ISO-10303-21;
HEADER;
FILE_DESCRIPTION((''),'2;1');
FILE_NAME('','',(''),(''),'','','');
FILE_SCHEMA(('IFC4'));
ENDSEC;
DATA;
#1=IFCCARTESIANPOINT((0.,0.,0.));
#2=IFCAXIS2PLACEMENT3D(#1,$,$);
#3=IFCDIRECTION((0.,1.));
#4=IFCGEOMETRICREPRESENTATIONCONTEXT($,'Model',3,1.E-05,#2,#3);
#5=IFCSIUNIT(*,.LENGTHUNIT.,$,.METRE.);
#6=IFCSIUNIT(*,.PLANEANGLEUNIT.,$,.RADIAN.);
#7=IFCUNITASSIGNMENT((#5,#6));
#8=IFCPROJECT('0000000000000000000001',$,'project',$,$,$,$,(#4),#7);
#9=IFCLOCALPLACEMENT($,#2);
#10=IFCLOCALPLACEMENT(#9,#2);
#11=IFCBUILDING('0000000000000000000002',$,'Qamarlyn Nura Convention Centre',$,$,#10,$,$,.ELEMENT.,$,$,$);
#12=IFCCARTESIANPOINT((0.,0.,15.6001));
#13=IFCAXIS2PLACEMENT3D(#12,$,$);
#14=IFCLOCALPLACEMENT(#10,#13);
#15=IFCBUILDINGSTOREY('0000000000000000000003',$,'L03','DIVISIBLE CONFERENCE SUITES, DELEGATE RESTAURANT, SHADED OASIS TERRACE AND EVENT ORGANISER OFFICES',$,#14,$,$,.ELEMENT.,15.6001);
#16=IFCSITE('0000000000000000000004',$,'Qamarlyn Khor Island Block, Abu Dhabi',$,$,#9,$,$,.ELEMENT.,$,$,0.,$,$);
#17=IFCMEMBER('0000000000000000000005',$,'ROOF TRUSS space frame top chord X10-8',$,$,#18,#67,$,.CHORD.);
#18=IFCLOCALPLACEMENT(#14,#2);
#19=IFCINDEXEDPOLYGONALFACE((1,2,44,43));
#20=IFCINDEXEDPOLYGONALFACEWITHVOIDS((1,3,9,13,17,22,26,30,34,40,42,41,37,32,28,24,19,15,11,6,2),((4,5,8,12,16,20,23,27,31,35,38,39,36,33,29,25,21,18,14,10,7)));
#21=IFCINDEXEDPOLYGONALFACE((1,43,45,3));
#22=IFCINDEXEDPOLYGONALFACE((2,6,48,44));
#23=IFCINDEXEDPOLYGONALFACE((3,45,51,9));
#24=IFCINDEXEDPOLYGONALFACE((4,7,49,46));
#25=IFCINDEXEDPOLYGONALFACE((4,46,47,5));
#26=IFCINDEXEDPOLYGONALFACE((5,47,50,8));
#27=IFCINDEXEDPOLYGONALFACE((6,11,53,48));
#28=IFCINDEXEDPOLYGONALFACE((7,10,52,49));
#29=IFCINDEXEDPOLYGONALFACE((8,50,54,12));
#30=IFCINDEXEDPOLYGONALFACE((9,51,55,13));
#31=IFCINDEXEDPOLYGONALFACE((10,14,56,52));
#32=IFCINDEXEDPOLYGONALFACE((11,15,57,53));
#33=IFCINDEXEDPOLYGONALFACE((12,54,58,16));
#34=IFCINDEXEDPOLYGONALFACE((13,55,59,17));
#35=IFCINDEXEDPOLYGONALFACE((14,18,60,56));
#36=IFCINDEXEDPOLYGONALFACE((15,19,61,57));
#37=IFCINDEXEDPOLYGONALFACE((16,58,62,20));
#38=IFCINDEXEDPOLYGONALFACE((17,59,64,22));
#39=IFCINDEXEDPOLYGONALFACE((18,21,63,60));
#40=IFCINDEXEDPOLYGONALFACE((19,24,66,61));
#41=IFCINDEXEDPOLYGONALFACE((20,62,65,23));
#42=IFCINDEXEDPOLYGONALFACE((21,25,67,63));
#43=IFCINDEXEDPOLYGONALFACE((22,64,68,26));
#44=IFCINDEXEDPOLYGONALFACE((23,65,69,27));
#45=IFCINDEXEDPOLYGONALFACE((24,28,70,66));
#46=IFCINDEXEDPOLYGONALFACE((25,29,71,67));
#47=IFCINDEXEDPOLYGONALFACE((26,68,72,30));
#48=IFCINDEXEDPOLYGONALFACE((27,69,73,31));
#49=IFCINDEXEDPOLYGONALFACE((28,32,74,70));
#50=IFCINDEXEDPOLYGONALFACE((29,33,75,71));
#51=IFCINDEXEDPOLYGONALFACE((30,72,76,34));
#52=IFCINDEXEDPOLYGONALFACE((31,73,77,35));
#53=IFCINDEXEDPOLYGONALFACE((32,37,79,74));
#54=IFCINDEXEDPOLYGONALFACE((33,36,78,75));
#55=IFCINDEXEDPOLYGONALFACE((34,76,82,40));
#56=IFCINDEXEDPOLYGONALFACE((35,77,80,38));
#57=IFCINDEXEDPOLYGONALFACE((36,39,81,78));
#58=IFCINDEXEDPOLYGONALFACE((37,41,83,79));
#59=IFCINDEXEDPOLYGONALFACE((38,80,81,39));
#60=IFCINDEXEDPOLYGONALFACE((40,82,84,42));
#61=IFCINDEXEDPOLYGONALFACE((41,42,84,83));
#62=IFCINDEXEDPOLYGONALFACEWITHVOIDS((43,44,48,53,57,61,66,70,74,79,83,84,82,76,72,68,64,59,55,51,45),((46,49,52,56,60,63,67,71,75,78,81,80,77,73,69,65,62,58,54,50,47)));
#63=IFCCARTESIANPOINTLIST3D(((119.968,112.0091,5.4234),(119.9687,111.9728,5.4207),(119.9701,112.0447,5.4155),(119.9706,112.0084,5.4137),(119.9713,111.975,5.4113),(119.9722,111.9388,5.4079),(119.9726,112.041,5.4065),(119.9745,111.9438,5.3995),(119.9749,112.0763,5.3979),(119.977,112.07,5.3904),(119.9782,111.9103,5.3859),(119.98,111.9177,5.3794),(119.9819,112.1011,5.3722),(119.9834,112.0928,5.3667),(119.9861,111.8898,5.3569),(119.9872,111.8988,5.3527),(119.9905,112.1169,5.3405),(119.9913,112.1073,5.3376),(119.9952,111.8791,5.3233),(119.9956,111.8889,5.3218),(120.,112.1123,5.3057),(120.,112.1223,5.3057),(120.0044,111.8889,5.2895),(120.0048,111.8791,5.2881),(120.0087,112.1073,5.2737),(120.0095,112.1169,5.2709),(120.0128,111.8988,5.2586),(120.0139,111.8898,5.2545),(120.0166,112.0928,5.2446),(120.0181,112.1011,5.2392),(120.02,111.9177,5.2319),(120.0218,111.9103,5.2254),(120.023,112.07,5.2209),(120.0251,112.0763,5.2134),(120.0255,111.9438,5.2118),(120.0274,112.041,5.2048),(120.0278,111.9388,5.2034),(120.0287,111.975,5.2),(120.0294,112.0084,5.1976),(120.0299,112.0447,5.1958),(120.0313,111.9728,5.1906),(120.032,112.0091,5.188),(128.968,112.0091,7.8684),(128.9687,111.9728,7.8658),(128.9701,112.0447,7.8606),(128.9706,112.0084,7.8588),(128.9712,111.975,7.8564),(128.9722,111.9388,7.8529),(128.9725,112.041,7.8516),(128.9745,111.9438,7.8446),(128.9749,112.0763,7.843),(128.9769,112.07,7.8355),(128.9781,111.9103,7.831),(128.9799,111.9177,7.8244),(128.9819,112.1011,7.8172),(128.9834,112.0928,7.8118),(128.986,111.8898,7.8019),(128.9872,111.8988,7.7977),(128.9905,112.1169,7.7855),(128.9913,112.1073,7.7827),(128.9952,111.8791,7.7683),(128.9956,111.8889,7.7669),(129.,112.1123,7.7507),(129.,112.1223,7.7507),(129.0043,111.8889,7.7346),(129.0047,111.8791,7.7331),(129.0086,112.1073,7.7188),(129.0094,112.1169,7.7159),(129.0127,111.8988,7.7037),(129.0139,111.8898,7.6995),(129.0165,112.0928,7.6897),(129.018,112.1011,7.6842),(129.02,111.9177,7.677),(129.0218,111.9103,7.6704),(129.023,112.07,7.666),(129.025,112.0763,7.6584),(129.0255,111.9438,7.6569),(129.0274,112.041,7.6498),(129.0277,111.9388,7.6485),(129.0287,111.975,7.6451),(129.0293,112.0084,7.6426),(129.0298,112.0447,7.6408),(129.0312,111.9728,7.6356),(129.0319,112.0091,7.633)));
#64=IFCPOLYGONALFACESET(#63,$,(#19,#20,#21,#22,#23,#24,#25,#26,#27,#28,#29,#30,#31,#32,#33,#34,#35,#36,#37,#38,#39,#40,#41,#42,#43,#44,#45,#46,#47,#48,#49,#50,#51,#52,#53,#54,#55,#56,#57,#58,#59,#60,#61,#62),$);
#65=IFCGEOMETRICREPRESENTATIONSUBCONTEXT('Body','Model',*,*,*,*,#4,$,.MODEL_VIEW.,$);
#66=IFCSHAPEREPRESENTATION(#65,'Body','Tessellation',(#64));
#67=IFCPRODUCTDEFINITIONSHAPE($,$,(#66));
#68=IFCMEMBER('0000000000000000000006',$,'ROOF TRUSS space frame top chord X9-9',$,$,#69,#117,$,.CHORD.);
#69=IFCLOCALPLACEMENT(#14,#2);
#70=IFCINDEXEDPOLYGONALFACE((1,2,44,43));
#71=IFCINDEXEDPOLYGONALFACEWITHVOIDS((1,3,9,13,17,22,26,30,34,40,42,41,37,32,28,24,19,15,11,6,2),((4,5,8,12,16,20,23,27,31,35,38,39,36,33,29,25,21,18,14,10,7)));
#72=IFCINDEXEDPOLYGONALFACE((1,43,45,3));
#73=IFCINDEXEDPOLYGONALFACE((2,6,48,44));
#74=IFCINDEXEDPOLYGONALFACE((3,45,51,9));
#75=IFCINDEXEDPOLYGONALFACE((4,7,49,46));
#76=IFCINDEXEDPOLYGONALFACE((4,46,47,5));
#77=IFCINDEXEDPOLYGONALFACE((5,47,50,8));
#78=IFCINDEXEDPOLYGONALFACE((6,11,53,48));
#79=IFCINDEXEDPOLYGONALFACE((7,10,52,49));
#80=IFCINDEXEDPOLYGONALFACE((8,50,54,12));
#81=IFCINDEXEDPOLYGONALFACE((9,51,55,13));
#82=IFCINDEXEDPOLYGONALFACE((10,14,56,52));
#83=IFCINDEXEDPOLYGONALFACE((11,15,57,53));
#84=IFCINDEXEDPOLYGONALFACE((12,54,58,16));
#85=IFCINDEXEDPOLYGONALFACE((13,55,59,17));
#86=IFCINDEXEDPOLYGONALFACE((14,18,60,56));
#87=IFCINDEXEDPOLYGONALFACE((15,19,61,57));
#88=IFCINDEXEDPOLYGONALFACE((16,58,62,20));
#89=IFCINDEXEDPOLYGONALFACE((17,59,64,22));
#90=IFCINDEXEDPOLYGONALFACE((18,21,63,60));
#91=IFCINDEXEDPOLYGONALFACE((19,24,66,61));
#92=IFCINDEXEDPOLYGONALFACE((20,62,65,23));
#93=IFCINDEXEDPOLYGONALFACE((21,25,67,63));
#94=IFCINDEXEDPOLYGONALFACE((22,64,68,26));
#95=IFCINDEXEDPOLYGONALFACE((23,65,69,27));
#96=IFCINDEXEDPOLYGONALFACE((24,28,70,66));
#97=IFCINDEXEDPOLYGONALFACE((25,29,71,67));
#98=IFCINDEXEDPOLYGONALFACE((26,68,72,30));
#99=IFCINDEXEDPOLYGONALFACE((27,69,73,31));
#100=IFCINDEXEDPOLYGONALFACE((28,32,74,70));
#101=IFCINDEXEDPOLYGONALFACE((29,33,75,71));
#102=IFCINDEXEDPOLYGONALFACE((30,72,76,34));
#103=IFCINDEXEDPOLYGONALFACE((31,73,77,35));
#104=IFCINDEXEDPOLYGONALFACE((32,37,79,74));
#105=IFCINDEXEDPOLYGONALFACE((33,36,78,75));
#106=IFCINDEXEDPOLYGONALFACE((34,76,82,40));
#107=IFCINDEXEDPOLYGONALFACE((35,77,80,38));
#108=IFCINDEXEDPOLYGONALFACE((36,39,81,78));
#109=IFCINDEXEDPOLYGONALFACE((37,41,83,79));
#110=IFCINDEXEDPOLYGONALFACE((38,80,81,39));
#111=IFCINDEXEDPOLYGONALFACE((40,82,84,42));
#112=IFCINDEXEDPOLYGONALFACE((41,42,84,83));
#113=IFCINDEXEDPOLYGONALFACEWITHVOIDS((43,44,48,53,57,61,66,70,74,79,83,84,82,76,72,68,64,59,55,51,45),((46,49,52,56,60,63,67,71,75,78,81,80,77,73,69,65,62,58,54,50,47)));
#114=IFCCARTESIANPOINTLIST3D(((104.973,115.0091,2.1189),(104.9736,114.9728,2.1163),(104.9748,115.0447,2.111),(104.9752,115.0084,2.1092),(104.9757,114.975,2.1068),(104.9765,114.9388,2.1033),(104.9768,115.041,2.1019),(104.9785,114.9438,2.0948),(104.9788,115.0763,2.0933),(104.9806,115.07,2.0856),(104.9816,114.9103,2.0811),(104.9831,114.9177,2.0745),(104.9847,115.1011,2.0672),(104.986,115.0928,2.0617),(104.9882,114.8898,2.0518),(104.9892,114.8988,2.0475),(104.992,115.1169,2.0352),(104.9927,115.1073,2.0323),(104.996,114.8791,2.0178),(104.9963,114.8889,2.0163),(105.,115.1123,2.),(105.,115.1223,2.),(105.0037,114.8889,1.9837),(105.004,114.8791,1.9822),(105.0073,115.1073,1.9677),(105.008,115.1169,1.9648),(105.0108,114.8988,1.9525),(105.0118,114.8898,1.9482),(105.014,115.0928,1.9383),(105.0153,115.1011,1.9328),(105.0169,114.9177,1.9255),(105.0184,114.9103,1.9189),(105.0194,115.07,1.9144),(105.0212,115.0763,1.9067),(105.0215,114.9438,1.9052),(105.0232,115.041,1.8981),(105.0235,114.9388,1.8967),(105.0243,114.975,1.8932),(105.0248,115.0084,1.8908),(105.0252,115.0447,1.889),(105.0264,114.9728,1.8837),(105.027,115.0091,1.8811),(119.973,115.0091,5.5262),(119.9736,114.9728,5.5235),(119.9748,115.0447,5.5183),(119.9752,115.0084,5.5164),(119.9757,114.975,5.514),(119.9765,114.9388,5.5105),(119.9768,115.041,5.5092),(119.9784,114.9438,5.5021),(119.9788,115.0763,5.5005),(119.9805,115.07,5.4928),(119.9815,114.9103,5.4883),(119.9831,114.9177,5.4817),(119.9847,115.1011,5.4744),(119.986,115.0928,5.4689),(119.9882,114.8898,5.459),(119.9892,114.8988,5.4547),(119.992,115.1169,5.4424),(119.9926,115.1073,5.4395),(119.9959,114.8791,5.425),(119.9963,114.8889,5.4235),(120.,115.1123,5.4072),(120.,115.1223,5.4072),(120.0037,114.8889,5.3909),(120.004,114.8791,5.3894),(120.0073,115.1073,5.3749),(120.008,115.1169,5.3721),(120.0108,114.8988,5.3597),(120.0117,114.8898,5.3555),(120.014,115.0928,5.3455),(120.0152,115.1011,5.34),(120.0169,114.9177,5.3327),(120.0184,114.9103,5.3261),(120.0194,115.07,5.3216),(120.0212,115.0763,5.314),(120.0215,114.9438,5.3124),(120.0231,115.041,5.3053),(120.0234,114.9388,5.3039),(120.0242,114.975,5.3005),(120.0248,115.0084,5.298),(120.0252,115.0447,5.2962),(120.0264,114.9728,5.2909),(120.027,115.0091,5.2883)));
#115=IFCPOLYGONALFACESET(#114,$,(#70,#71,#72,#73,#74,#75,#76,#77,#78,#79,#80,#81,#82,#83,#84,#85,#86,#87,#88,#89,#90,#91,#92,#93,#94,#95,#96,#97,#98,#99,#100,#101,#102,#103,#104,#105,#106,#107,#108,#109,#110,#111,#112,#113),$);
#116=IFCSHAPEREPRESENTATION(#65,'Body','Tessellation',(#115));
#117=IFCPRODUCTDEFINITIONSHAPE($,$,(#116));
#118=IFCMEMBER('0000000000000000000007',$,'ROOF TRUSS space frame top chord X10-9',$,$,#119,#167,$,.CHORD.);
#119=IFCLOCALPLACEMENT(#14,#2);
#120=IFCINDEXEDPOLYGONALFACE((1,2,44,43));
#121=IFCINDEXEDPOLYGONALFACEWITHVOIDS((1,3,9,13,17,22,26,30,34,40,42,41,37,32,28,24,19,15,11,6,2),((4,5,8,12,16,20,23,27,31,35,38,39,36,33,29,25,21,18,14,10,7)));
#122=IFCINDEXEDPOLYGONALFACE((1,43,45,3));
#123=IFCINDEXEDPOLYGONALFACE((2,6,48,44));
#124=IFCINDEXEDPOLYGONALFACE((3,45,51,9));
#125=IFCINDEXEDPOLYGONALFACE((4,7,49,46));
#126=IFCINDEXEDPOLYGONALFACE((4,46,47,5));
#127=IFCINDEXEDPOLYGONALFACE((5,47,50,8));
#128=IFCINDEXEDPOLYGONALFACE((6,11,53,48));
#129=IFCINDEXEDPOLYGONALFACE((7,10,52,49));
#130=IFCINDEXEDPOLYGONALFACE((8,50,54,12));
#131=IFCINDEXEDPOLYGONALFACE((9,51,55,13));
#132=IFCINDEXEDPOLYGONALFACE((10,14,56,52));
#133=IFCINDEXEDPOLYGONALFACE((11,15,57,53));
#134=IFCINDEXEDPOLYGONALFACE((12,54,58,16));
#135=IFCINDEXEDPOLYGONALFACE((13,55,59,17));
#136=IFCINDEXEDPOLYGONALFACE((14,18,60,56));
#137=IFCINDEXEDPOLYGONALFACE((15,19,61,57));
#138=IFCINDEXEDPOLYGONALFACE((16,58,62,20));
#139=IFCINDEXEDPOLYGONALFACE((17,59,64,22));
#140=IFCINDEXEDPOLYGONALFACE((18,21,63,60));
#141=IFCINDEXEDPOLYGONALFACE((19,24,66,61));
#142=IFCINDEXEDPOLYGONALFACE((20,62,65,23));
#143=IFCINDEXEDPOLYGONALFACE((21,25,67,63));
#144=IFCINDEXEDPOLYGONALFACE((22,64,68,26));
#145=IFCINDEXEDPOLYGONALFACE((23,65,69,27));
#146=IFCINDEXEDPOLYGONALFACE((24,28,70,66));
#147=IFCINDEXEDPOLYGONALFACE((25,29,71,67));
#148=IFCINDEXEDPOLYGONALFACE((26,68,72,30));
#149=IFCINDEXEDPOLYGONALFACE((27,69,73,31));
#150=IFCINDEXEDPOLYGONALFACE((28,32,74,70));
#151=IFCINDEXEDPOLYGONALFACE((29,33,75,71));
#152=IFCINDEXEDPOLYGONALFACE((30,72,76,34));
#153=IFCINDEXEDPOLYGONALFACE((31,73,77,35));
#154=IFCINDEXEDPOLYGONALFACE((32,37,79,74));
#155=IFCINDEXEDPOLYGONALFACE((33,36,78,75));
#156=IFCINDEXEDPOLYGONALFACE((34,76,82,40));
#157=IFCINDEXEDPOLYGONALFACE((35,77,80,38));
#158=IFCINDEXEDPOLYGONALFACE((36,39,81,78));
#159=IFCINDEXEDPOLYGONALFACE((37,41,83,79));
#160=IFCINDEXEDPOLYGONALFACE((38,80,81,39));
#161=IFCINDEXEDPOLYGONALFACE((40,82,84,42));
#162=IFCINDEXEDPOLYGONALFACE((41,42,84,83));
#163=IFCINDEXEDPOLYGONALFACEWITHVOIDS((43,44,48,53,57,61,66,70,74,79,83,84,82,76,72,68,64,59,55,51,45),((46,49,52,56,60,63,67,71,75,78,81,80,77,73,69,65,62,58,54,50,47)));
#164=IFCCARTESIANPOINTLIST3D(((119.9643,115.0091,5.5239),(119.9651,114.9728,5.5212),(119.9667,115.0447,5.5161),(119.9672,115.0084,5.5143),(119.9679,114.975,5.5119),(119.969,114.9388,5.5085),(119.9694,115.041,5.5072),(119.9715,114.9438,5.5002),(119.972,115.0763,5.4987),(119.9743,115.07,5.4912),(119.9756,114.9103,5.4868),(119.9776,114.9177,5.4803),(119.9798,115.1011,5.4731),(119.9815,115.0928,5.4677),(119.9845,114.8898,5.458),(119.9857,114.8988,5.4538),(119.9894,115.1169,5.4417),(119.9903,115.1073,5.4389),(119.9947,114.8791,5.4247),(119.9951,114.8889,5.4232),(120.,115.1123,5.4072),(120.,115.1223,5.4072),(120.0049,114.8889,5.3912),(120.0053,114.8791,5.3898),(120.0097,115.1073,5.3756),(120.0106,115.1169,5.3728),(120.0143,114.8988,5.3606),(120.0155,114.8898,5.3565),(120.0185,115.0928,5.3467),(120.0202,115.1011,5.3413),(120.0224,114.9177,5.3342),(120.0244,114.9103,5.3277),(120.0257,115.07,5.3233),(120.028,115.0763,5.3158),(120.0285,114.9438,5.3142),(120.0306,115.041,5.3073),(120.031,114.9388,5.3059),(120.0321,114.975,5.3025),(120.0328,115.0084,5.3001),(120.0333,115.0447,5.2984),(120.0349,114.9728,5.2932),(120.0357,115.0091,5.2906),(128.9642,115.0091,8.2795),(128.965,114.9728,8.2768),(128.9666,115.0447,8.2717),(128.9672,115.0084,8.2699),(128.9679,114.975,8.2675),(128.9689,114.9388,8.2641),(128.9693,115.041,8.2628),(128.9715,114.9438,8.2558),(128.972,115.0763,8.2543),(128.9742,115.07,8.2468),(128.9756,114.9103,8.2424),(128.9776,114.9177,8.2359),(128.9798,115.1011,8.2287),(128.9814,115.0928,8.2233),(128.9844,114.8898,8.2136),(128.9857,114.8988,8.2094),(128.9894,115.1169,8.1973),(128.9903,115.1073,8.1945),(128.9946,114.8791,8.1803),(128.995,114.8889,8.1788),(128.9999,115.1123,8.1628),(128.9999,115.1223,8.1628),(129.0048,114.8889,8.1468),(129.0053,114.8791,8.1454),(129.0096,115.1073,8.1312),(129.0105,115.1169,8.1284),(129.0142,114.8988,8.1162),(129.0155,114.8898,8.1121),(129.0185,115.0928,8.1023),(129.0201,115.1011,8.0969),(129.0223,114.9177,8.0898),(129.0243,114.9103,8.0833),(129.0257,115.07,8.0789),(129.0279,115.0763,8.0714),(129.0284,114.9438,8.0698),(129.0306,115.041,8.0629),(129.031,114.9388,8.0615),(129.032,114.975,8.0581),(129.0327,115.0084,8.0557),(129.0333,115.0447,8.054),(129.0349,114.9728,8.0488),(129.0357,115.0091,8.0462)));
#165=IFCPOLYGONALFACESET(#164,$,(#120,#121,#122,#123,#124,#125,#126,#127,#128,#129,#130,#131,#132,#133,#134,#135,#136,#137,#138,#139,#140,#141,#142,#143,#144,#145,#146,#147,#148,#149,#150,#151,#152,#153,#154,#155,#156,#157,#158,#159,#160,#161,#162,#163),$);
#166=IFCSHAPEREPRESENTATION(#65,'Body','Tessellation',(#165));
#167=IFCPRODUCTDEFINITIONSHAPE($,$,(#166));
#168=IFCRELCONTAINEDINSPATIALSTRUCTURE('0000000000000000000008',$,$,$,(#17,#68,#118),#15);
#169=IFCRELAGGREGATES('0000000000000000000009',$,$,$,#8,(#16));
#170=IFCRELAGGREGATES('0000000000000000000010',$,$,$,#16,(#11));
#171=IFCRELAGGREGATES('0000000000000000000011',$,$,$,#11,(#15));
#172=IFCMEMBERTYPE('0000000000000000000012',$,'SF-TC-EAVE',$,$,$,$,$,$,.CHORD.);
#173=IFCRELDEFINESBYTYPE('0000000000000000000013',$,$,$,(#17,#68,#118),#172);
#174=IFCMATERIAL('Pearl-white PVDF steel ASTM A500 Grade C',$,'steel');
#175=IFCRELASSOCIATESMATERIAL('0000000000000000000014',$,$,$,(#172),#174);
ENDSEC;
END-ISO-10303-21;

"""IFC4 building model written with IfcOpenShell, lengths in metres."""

from ifc_helpers import new_model, si_unit, direction, frame, origin, origin_2d, place, context, subcontext, project, spatial, hollow_circle, extrude, material, material_profile, profile_set, type_object, element, save


model = new_model("IFC4")

# Units and contexts
model_context = context("Model", 3, precision=1e-05, world=origin(), true_north=direction((0.0, 1.0)))
body_context = subcontext(model_context, "Body", "Model", "MODEL_VIEW")
ifc_project = project(units=[si_unit("LENGTHUNIT", "METRE"), si_unit("PLANEANGLEUNIT", "RADIAN")], contexts=[model_context])

# Site, building, storey
site_placement = place(None, origin())
site = spatial("IfcSite", under=ifc_project, at=site_placement, Name="Qamarlyn Khor Island Block, Abu Dhabi", CompositionType="ELEMENT", RefElevation=0.0)
building_placement = place(site_placement, origin())
building = spatial("IfcBuilding", under=site, at=building_placement, Name="Qamarlyn Nura Convention Centre", CompositionType="ELEMENT")
storey_placement = place(building_placement, frame((0.0, 0.0, 15.6001)))
storey = spatial("IfcBuildingStorey", under=building, at=storey_placement, Name="L03", Description="DIVISIBLE CONFERENCE SUITES, DELEGATE RESTAURANT, SHADED OASIS TERRACE AND EVENT ORGANISER OFFICES", CompositionType="ELEMENT", Elevation=15.6001)

# Members
ifc_material_1 = material(Name="Pearl-white PVDF steel ASTM A500 Grade C", Category="steel")
ifc_material_profile_1 = material_profile(ifc_material_1, hollow_circle(Radius=0.1223, WallThickness=0.01, at=origin_2d()), Name="CHS244.5X10")
ifc_profile_set_1 = profile_set([ifc_material_profile_1], Name="Pearl-white PVDF steel ASTM A500 Grade C")
member_type_1 = type_object("IfcMemberType", Name="SF-TC-EAVE", PredefinedType="CHORD", material=ifc_profile_set_1)
member_1_placement = place(storey_placement, frame((120.0, 112.0, 5.3057), z_axis=(0.965021, 0.0, 0.262171), x_axis=(0.0, 1.0, 0.0)))
element("IfcMember", 1, at=member_1_placement, inside=storey, type_object=member_type_1, Name="ROOF TRUSS space frame top chord X10-8", PredefinedType="CHORD", context=body_context, shape_type="SweptSolid", body=[
    extrude(hollow_circle(Radius=0.1223, WallThickness=0.01, at=origin_2d()), origin(), (0.0, 0.0, 1.0), 9.3262),
])
member_2_placement = place(storey_placement, frame((105.0, 115.0, 2.0), z_axis=(0.975159, 0.0, 0.221506), x_axis=(0.0, 1.0, 0.0)))
element("IfcMember", 2, at=member_2_placement, inside=storey, type_object=member_type_1, Name="ROOF TRUSS space frame top chord X9-9", PredefinedType="CHORD", context=body_context, shape_type="SweptSolid", body=[
    extrude(hollow_circle(Radius=0.1223, WallThickness=0.01, at=origin_2d()), origin(), (0.0, 0.0, 1.0), 15.3821),
])
member_3_placement = place(storey_placement, frame((120.0, 115.0, 5.4072), z_axis=(0.956185, 0.0, 0.292764), x_axis=(0.0, 1.0, 0.0)))
element("IfcMember", 3, at=member_3_placement, inside=storey, type_object=member_type_1, Name="ROOF TRUSS space frame top chord X10-9", PredefinedType="CHORD", context=body_context, shape_type="SweptSolid", body=[
    extrude(hollow_circle(Radius=0.1223, WallThickness=0.01, at=origin_2d()), origin(), (0.0, 0.0, 1.0), 9.4124),
])

save(model, "model.ifc")
